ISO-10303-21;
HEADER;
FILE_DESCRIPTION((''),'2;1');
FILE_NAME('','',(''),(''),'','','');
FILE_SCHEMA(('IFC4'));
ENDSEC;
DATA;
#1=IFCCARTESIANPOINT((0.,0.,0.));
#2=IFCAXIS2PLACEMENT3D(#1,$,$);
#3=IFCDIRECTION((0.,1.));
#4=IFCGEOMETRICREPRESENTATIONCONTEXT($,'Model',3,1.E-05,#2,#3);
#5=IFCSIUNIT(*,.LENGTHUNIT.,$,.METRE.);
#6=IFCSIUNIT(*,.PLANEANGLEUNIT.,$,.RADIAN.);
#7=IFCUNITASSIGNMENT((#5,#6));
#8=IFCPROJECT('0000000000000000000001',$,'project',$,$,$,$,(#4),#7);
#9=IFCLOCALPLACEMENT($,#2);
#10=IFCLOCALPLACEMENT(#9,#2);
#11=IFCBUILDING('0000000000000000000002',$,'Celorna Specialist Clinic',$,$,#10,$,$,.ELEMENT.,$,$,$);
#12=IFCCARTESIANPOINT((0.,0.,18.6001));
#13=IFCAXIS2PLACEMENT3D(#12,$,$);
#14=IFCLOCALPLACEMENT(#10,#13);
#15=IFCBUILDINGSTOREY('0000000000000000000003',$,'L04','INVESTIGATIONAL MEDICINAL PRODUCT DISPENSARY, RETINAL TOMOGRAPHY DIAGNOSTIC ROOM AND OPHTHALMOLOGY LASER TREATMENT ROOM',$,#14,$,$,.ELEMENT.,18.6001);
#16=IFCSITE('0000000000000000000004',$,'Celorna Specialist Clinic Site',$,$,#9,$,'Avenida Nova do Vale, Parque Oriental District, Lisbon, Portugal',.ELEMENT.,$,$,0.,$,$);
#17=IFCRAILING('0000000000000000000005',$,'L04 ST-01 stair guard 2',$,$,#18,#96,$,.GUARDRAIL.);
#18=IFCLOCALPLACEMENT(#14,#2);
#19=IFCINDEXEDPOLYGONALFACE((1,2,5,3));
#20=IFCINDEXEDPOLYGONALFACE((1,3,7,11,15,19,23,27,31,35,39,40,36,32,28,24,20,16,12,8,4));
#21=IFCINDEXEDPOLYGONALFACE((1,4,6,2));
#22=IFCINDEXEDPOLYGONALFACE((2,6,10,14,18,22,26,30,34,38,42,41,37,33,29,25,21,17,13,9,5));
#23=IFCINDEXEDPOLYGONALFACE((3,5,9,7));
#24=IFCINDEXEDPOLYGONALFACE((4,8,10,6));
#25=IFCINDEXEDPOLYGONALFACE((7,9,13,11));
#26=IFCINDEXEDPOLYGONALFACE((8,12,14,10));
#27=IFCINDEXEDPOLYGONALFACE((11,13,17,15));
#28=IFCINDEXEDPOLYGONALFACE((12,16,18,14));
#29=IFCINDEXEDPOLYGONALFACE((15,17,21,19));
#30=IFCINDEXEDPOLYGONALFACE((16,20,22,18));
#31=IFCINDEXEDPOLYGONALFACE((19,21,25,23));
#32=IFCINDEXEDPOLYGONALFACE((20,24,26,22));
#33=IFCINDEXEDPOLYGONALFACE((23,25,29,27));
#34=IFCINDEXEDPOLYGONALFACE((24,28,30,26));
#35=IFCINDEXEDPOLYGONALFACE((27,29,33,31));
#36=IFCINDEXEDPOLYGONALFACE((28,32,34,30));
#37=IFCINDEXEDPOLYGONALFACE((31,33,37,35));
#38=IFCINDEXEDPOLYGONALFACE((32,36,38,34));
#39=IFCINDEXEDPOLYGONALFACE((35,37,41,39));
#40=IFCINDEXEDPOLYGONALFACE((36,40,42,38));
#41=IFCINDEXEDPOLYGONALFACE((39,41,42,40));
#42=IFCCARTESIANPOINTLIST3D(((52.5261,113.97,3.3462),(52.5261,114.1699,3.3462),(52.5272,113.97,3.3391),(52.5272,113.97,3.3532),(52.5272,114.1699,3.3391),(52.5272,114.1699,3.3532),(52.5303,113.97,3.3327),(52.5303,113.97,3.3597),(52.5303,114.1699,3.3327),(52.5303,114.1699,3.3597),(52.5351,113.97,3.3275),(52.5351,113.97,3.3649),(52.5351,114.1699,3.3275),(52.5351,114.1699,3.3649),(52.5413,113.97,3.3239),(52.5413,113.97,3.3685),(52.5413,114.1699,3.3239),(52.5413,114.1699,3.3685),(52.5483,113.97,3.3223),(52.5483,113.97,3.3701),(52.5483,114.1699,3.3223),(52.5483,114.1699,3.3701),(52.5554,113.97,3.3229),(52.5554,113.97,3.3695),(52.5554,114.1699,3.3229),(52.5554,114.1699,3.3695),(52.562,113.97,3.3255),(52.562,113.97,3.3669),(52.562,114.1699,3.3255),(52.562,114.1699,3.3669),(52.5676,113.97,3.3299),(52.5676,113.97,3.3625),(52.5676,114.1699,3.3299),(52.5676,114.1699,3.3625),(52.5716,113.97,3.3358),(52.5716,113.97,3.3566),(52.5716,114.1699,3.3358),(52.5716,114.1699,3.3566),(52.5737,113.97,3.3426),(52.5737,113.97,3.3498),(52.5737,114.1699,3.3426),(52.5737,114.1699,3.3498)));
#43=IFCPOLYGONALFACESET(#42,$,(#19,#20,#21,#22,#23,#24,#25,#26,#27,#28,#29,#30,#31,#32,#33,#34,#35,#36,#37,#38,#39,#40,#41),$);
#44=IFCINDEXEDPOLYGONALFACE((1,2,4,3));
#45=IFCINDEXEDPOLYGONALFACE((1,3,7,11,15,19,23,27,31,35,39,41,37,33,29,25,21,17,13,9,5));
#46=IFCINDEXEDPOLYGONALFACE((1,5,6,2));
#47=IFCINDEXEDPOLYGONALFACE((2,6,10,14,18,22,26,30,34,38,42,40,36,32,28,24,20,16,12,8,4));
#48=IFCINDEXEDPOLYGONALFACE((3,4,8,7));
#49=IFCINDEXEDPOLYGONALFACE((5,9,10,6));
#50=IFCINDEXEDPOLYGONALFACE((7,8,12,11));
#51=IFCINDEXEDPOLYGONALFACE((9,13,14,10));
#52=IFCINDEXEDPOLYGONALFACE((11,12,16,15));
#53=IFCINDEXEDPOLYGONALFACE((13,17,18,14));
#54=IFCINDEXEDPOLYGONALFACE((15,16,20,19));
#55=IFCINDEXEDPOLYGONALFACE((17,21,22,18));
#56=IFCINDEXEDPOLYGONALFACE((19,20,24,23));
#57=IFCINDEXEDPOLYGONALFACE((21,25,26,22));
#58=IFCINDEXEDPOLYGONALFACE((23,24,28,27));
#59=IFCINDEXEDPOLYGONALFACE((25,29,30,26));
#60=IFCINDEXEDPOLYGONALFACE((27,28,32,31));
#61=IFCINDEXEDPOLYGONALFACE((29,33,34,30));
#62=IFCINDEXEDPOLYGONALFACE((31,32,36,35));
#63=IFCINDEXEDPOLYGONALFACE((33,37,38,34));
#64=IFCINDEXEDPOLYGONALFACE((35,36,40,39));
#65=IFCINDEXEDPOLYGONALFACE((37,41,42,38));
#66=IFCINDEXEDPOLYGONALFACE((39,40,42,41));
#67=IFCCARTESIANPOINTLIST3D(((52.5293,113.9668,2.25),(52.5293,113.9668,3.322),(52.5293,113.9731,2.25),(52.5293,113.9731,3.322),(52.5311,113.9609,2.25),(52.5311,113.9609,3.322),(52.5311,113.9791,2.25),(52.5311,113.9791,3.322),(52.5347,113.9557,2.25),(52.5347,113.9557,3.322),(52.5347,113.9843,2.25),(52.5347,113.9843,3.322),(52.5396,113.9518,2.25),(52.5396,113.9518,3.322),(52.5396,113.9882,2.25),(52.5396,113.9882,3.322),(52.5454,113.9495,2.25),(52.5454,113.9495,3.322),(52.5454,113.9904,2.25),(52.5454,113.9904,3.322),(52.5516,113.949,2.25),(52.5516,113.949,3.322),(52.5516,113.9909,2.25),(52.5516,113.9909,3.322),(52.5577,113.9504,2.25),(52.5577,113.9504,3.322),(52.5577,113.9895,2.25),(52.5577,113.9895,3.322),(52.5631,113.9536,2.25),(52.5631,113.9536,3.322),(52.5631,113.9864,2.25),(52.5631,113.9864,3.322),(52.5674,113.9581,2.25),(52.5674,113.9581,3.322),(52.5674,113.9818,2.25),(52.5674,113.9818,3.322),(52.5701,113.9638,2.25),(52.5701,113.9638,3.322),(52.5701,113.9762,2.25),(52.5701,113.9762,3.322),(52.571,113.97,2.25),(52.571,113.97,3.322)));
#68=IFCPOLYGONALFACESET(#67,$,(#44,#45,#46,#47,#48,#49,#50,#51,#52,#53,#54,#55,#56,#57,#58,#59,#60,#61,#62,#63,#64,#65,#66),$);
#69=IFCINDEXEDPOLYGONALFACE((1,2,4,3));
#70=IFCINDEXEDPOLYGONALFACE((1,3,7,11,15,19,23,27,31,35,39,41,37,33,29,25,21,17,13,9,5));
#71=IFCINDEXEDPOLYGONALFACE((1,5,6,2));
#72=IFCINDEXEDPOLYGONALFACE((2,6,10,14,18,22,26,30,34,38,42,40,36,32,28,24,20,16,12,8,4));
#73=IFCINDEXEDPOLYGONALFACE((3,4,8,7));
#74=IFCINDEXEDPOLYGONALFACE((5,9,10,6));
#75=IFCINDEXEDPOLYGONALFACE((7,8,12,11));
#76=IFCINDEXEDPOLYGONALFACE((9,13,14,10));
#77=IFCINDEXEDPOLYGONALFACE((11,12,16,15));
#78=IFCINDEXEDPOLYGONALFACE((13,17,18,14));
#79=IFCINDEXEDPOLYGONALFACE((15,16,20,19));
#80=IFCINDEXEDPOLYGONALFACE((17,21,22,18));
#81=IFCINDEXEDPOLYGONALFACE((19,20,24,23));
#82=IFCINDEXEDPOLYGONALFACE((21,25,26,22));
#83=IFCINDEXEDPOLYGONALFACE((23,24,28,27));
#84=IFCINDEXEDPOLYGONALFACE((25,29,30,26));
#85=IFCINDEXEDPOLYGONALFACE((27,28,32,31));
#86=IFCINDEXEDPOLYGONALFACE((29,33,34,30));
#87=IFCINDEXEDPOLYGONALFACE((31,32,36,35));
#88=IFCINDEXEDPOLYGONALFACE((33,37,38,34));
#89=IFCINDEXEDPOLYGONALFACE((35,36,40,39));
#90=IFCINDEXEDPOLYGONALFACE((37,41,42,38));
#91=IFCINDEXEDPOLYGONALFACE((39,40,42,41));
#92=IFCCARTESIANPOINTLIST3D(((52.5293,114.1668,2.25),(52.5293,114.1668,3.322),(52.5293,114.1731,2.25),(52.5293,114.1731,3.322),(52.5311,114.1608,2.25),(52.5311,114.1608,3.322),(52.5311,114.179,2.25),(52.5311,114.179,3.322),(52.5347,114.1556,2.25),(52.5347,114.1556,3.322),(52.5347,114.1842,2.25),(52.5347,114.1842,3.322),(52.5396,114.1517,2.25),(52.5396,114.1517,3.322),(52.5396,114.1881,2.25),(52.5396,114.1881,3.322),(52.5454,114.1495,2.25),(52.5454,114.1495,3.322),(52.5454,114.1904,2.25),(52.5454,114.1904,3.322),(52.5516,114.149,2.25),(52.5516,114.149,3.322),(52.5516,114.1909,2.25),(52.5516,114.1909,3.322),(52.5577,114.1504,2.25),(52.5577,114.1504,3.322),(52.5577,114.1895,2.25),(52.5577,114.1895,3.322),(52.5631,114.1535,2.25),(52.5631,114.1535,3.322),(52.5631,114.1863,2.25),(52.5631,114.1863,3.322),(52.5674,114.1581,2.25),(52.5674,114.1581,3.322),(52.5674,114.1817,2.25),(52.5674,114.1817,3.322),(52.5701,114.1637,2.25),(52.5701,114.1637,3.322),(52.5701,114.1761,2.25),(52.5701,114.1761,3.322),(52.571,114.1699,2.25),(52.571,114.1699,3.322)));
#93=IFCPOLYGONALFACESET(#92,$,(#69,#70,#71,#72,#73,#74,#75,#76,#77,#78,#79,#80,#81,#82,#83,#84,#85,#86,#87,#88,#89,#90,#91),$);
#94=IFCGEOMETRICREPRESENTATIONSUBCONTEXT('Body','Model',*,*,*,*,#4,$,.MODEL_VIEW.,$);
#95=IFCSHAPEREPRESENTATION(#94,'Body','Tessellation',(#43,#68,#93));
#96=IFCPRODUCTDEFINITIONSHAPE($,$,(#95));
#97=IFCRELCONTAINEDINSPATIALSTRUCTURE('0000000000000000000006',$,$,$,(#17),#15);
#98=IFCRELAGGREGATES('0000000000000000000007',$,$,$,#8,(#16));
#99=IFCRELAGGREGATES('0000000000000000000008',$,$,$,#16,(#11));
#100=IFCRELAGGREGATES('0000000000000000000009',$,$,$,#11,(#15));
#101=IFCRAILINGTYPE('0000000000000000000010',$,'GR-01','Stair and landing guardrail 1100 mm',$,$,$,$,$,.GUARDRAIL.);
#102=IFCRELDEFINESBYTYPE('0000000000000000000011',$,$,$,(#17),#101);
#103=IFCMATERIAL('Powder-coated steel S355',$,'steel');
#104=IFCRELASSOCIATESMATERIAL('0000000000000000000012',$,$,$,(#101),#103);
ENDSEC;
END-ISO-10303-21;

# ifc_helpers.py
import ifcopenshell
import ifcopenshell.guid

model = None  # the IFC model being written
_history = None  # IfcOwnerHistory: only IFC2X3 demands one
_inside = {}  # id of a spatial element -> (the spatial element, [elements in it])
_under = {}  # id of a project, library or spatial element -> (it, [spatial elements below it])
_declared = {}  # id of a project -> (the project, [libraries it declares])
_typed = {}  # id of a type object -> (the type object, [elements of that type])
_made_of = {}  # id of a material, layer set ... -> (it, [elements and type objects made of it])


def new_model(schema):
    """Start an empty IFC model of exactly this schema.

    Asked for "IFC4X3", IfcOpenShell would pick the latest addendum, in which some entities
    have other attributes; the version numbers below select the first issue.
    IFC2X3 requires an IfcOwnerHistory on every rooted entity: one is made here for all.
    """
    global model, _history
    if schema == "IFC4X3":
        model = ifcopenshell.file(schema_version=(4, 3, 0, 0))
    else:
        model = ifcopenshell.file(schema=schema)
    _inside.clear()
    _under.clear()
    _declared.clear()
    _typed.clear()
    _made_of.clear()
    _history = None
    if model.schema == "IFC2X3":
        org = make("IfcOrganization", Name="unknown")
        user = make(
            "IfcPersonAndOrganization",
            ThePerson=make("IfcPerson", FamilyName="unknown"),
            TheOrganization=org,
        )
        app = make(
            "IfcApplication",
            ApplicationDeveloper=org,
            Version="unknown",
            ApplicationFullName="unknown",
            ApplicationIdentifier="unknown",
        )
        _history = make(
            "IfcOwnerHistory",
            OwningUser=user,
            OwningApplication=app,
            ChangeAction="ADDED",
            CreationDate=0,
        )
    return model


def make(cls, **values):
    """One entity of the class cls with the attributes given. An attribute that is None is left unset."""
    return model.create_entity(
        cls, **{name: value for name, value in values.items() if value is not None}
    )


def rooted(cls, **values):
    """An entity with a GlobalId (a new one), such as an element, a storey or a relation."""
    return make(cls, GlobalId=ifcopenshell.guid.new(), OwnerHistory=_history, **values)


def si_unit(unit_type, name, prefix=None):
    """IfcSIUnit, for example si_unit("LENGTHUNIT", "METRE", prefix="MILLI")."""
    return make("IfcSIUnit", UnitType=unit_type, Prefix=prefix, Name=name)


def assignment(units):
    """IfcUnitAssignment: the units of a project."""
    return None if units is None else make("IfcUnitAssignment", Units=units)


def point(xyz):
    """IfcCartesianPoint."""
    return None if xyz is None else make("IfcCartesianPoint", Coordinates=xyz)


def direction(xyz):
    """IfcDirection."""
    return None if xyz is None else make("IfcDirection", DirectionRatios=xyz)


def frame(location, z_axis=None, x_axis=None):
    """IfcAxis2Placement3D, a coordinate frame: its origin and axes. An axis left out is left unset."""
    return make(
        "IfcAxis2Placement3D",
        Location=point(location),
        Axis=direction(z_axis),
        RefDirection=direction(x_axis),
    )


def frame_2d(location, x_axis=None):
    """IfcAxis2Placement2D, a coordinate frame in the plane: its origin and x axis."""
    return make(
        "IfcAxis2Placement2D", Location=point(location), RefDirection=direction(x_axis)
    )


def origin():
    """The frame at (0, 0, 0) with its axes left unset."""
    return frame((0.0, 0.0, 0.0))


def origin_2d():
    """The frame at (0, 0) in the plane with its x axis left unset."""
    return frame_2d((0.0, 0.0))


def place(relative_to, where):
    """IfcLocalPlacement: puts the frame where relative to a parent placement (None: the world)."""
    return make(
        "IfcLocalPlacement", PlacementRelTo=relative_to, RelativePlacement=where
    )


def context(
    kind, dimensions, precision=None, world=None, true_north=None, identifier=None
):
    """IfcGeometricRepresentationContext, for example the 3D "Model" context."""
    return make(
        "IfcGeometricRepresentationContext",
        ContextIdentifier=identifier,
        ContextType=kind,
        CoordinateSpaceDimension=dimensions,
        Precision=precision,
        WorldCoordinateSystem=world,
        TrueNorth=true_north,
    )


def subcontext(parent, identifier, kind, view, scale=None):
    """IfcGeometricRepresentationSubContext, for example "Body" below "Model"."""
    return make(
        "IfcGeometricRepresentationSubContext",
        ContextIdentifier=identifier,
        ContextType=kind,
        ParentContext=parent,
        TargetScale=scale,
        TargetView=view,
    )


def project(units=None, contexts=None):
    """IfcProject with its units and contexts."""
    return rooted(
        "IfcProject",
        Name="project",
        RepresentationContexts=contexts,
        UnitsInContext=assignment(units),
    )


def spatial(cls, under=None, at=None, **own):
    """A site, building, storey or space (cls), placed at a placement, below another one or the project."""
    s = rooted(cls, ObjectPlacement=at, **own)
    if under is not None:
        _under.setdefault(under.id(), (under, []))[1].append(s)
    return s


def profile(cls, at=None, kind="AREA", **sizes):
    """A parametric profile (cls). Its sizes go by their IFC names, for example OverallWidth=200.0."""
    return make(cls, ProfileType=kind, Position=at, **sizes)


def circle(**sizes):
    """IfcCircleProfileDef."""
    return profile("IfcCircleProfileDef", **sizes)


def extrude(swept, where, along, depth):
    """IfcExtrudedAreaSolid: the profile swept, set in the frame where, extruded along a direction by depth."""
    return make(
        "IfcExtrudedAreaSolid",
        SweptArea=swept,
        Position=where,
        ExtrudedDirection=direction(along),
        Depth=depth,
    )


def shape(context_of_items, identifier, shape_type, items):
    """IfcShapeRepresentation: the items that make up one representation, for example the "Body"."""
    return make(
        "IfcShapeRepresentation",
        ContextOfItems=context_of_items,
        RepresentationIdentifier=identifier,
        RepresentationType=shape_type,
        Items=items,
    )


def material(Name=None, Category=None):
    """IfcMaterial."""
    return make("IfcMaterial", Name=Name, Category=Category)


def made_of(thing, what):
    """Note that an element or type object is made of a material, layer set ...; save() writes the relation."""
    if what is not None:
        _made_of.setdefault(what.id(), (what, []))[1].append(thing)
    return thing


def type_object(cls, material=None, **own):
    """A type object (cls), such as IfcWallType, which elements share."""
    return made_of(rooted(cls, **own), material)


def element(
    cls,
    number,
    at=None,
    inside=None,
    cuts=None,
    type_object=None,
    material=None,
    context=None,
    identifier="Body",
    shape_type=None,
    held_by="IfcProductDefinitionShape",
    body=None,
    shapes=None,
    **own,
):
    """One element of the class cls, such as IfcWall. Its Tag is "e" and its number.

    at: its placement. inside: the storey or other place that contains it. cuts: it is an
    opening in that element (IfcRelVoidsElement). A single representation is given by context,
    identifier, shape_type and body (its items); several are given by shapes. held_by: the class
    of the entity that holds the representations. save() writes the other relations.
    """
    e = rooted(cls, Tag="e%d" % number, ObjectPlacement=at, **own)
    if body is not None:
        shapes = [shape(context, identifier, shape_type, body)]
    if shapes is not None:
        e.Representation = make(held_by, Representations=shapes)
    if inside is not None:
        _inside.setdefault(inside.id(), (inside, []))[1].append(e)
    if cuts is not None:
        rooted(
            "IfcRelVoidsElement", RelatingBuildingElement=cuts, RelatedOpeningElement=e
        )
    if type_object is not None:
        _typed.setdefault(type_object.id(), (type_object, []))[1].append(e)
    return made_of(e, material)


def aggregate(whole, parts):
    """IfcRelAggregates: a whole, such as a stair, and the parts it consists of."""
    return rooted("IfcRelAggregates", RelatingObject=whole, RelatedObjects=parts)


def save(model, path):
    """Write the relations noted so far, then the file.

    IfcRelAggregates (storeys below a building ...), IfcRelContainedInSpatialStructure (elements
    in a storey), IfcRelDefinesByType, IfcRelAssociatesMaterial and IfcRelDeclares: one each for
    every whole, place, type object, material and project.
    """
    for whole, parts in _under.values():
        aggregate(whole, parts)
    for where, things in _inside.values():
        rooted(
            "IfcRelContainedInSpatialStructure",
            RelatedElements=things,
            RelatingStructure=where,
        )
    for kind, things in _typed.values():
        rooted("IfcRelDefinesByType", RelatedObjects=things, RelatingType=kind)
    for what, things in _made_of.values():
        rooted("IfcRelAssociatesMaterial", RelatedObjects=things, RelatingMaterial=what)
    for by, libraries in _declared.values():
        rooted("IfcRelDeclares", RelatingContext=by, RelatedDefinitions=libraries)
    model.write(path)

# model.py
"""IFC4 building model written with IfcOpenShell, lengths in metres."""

from ifc_helpers import new_model, si_unit, direction, frame, origin, origin_2d, place, context, subcontext, project, spatial, circle, extrude, material, type_object, element, save


model = new_model("IFC4")

# Units and contexts
model_context = context("Model", 3, precision=1e-05, world=origin(), true_north=direction((0.0, 1.0)))
body_context = subcontext(model_context, "Body", "Model", "MODEL_VIEW")
ifc_project = project(units=[si_unit("LENGTHUNIT", "METRE"), si_unit("PLANEANGLEUNIT", "RADIAN")], contexts=[model_context])

# Site, building, storey
site_placement = place(None, origin())
site = spatial("IfcSite", under=ifc_project, at=site_placement, Name="Celorna Specialist Clinic Site", LongName="Avenida Nova do Vale, Parque Oriental District, Lisbon, Portugal", CompositionType="ELEMENT", RefElevation=0.0)
building_placement = place(site_placement, origin())
building = spatial("IfcBuilding", under=site, at=building_placement, Name="Celorna Specialist Clinic", CompositionType="ELEMENT")
storey_placement = place(building_placement, frame((0.0, 0.0, 18.6001)))
storey = spatial("IfcBuildingStorey", under=building, at=storey_placement, Name="L04", Description="INVESTIGATIONAL MEDICINAL PRODUCT DISPENSARY, RETINAL TOMOGRAPHY DIAGNOSTIC ROOM AND OPHTHALMOLOGY LASER TREATMENT ROOM", CompositionType="ELEMENT", Elevation=18.6001)

# Railing
ifc_material_1 = material(Name="Powder-coated steel S355", Category="steel")
railing_type_1 = type_object("IfcRailingType", Name="GR-01", Description="Stair and landing guardrail 1100 mm", PredefinedType="GUARDRAIL", material=ifc_material_1)
railing_1_placement = place(storey_placement, frame((52.55, 113.97, 2.25)))
element("IfcRailing", 1, at=railing_1_placement, inside=storey, type_object=railing_type_1, Name="L04 ST-01 stair guard 2", PredefinedType="GUARDRAIL", context=body_context, shape_type="SweptSolid", body=[
    extrude(circle(Radius=0.0239, at=origin_2d()), frame((0.0, 0.0, 1.0962), z_axis=(0.0, 1.0, 0.0), x_axis=(-1.0, 0.0, 0.0)), (0.0, 0.0, 1.0), 0.2),
    extrude(circle(Radius=0.021, at=origin_2d()), origin(), (0.0, 0.0, 1.0), 1.072),
    extrude(circle(Radius=0.021, at=origin_2d()), frame((0.0, 0.2, 0.0)), (0.0, 0.0, 1.0), 1.072),
])

save(model, "model.ifc")
